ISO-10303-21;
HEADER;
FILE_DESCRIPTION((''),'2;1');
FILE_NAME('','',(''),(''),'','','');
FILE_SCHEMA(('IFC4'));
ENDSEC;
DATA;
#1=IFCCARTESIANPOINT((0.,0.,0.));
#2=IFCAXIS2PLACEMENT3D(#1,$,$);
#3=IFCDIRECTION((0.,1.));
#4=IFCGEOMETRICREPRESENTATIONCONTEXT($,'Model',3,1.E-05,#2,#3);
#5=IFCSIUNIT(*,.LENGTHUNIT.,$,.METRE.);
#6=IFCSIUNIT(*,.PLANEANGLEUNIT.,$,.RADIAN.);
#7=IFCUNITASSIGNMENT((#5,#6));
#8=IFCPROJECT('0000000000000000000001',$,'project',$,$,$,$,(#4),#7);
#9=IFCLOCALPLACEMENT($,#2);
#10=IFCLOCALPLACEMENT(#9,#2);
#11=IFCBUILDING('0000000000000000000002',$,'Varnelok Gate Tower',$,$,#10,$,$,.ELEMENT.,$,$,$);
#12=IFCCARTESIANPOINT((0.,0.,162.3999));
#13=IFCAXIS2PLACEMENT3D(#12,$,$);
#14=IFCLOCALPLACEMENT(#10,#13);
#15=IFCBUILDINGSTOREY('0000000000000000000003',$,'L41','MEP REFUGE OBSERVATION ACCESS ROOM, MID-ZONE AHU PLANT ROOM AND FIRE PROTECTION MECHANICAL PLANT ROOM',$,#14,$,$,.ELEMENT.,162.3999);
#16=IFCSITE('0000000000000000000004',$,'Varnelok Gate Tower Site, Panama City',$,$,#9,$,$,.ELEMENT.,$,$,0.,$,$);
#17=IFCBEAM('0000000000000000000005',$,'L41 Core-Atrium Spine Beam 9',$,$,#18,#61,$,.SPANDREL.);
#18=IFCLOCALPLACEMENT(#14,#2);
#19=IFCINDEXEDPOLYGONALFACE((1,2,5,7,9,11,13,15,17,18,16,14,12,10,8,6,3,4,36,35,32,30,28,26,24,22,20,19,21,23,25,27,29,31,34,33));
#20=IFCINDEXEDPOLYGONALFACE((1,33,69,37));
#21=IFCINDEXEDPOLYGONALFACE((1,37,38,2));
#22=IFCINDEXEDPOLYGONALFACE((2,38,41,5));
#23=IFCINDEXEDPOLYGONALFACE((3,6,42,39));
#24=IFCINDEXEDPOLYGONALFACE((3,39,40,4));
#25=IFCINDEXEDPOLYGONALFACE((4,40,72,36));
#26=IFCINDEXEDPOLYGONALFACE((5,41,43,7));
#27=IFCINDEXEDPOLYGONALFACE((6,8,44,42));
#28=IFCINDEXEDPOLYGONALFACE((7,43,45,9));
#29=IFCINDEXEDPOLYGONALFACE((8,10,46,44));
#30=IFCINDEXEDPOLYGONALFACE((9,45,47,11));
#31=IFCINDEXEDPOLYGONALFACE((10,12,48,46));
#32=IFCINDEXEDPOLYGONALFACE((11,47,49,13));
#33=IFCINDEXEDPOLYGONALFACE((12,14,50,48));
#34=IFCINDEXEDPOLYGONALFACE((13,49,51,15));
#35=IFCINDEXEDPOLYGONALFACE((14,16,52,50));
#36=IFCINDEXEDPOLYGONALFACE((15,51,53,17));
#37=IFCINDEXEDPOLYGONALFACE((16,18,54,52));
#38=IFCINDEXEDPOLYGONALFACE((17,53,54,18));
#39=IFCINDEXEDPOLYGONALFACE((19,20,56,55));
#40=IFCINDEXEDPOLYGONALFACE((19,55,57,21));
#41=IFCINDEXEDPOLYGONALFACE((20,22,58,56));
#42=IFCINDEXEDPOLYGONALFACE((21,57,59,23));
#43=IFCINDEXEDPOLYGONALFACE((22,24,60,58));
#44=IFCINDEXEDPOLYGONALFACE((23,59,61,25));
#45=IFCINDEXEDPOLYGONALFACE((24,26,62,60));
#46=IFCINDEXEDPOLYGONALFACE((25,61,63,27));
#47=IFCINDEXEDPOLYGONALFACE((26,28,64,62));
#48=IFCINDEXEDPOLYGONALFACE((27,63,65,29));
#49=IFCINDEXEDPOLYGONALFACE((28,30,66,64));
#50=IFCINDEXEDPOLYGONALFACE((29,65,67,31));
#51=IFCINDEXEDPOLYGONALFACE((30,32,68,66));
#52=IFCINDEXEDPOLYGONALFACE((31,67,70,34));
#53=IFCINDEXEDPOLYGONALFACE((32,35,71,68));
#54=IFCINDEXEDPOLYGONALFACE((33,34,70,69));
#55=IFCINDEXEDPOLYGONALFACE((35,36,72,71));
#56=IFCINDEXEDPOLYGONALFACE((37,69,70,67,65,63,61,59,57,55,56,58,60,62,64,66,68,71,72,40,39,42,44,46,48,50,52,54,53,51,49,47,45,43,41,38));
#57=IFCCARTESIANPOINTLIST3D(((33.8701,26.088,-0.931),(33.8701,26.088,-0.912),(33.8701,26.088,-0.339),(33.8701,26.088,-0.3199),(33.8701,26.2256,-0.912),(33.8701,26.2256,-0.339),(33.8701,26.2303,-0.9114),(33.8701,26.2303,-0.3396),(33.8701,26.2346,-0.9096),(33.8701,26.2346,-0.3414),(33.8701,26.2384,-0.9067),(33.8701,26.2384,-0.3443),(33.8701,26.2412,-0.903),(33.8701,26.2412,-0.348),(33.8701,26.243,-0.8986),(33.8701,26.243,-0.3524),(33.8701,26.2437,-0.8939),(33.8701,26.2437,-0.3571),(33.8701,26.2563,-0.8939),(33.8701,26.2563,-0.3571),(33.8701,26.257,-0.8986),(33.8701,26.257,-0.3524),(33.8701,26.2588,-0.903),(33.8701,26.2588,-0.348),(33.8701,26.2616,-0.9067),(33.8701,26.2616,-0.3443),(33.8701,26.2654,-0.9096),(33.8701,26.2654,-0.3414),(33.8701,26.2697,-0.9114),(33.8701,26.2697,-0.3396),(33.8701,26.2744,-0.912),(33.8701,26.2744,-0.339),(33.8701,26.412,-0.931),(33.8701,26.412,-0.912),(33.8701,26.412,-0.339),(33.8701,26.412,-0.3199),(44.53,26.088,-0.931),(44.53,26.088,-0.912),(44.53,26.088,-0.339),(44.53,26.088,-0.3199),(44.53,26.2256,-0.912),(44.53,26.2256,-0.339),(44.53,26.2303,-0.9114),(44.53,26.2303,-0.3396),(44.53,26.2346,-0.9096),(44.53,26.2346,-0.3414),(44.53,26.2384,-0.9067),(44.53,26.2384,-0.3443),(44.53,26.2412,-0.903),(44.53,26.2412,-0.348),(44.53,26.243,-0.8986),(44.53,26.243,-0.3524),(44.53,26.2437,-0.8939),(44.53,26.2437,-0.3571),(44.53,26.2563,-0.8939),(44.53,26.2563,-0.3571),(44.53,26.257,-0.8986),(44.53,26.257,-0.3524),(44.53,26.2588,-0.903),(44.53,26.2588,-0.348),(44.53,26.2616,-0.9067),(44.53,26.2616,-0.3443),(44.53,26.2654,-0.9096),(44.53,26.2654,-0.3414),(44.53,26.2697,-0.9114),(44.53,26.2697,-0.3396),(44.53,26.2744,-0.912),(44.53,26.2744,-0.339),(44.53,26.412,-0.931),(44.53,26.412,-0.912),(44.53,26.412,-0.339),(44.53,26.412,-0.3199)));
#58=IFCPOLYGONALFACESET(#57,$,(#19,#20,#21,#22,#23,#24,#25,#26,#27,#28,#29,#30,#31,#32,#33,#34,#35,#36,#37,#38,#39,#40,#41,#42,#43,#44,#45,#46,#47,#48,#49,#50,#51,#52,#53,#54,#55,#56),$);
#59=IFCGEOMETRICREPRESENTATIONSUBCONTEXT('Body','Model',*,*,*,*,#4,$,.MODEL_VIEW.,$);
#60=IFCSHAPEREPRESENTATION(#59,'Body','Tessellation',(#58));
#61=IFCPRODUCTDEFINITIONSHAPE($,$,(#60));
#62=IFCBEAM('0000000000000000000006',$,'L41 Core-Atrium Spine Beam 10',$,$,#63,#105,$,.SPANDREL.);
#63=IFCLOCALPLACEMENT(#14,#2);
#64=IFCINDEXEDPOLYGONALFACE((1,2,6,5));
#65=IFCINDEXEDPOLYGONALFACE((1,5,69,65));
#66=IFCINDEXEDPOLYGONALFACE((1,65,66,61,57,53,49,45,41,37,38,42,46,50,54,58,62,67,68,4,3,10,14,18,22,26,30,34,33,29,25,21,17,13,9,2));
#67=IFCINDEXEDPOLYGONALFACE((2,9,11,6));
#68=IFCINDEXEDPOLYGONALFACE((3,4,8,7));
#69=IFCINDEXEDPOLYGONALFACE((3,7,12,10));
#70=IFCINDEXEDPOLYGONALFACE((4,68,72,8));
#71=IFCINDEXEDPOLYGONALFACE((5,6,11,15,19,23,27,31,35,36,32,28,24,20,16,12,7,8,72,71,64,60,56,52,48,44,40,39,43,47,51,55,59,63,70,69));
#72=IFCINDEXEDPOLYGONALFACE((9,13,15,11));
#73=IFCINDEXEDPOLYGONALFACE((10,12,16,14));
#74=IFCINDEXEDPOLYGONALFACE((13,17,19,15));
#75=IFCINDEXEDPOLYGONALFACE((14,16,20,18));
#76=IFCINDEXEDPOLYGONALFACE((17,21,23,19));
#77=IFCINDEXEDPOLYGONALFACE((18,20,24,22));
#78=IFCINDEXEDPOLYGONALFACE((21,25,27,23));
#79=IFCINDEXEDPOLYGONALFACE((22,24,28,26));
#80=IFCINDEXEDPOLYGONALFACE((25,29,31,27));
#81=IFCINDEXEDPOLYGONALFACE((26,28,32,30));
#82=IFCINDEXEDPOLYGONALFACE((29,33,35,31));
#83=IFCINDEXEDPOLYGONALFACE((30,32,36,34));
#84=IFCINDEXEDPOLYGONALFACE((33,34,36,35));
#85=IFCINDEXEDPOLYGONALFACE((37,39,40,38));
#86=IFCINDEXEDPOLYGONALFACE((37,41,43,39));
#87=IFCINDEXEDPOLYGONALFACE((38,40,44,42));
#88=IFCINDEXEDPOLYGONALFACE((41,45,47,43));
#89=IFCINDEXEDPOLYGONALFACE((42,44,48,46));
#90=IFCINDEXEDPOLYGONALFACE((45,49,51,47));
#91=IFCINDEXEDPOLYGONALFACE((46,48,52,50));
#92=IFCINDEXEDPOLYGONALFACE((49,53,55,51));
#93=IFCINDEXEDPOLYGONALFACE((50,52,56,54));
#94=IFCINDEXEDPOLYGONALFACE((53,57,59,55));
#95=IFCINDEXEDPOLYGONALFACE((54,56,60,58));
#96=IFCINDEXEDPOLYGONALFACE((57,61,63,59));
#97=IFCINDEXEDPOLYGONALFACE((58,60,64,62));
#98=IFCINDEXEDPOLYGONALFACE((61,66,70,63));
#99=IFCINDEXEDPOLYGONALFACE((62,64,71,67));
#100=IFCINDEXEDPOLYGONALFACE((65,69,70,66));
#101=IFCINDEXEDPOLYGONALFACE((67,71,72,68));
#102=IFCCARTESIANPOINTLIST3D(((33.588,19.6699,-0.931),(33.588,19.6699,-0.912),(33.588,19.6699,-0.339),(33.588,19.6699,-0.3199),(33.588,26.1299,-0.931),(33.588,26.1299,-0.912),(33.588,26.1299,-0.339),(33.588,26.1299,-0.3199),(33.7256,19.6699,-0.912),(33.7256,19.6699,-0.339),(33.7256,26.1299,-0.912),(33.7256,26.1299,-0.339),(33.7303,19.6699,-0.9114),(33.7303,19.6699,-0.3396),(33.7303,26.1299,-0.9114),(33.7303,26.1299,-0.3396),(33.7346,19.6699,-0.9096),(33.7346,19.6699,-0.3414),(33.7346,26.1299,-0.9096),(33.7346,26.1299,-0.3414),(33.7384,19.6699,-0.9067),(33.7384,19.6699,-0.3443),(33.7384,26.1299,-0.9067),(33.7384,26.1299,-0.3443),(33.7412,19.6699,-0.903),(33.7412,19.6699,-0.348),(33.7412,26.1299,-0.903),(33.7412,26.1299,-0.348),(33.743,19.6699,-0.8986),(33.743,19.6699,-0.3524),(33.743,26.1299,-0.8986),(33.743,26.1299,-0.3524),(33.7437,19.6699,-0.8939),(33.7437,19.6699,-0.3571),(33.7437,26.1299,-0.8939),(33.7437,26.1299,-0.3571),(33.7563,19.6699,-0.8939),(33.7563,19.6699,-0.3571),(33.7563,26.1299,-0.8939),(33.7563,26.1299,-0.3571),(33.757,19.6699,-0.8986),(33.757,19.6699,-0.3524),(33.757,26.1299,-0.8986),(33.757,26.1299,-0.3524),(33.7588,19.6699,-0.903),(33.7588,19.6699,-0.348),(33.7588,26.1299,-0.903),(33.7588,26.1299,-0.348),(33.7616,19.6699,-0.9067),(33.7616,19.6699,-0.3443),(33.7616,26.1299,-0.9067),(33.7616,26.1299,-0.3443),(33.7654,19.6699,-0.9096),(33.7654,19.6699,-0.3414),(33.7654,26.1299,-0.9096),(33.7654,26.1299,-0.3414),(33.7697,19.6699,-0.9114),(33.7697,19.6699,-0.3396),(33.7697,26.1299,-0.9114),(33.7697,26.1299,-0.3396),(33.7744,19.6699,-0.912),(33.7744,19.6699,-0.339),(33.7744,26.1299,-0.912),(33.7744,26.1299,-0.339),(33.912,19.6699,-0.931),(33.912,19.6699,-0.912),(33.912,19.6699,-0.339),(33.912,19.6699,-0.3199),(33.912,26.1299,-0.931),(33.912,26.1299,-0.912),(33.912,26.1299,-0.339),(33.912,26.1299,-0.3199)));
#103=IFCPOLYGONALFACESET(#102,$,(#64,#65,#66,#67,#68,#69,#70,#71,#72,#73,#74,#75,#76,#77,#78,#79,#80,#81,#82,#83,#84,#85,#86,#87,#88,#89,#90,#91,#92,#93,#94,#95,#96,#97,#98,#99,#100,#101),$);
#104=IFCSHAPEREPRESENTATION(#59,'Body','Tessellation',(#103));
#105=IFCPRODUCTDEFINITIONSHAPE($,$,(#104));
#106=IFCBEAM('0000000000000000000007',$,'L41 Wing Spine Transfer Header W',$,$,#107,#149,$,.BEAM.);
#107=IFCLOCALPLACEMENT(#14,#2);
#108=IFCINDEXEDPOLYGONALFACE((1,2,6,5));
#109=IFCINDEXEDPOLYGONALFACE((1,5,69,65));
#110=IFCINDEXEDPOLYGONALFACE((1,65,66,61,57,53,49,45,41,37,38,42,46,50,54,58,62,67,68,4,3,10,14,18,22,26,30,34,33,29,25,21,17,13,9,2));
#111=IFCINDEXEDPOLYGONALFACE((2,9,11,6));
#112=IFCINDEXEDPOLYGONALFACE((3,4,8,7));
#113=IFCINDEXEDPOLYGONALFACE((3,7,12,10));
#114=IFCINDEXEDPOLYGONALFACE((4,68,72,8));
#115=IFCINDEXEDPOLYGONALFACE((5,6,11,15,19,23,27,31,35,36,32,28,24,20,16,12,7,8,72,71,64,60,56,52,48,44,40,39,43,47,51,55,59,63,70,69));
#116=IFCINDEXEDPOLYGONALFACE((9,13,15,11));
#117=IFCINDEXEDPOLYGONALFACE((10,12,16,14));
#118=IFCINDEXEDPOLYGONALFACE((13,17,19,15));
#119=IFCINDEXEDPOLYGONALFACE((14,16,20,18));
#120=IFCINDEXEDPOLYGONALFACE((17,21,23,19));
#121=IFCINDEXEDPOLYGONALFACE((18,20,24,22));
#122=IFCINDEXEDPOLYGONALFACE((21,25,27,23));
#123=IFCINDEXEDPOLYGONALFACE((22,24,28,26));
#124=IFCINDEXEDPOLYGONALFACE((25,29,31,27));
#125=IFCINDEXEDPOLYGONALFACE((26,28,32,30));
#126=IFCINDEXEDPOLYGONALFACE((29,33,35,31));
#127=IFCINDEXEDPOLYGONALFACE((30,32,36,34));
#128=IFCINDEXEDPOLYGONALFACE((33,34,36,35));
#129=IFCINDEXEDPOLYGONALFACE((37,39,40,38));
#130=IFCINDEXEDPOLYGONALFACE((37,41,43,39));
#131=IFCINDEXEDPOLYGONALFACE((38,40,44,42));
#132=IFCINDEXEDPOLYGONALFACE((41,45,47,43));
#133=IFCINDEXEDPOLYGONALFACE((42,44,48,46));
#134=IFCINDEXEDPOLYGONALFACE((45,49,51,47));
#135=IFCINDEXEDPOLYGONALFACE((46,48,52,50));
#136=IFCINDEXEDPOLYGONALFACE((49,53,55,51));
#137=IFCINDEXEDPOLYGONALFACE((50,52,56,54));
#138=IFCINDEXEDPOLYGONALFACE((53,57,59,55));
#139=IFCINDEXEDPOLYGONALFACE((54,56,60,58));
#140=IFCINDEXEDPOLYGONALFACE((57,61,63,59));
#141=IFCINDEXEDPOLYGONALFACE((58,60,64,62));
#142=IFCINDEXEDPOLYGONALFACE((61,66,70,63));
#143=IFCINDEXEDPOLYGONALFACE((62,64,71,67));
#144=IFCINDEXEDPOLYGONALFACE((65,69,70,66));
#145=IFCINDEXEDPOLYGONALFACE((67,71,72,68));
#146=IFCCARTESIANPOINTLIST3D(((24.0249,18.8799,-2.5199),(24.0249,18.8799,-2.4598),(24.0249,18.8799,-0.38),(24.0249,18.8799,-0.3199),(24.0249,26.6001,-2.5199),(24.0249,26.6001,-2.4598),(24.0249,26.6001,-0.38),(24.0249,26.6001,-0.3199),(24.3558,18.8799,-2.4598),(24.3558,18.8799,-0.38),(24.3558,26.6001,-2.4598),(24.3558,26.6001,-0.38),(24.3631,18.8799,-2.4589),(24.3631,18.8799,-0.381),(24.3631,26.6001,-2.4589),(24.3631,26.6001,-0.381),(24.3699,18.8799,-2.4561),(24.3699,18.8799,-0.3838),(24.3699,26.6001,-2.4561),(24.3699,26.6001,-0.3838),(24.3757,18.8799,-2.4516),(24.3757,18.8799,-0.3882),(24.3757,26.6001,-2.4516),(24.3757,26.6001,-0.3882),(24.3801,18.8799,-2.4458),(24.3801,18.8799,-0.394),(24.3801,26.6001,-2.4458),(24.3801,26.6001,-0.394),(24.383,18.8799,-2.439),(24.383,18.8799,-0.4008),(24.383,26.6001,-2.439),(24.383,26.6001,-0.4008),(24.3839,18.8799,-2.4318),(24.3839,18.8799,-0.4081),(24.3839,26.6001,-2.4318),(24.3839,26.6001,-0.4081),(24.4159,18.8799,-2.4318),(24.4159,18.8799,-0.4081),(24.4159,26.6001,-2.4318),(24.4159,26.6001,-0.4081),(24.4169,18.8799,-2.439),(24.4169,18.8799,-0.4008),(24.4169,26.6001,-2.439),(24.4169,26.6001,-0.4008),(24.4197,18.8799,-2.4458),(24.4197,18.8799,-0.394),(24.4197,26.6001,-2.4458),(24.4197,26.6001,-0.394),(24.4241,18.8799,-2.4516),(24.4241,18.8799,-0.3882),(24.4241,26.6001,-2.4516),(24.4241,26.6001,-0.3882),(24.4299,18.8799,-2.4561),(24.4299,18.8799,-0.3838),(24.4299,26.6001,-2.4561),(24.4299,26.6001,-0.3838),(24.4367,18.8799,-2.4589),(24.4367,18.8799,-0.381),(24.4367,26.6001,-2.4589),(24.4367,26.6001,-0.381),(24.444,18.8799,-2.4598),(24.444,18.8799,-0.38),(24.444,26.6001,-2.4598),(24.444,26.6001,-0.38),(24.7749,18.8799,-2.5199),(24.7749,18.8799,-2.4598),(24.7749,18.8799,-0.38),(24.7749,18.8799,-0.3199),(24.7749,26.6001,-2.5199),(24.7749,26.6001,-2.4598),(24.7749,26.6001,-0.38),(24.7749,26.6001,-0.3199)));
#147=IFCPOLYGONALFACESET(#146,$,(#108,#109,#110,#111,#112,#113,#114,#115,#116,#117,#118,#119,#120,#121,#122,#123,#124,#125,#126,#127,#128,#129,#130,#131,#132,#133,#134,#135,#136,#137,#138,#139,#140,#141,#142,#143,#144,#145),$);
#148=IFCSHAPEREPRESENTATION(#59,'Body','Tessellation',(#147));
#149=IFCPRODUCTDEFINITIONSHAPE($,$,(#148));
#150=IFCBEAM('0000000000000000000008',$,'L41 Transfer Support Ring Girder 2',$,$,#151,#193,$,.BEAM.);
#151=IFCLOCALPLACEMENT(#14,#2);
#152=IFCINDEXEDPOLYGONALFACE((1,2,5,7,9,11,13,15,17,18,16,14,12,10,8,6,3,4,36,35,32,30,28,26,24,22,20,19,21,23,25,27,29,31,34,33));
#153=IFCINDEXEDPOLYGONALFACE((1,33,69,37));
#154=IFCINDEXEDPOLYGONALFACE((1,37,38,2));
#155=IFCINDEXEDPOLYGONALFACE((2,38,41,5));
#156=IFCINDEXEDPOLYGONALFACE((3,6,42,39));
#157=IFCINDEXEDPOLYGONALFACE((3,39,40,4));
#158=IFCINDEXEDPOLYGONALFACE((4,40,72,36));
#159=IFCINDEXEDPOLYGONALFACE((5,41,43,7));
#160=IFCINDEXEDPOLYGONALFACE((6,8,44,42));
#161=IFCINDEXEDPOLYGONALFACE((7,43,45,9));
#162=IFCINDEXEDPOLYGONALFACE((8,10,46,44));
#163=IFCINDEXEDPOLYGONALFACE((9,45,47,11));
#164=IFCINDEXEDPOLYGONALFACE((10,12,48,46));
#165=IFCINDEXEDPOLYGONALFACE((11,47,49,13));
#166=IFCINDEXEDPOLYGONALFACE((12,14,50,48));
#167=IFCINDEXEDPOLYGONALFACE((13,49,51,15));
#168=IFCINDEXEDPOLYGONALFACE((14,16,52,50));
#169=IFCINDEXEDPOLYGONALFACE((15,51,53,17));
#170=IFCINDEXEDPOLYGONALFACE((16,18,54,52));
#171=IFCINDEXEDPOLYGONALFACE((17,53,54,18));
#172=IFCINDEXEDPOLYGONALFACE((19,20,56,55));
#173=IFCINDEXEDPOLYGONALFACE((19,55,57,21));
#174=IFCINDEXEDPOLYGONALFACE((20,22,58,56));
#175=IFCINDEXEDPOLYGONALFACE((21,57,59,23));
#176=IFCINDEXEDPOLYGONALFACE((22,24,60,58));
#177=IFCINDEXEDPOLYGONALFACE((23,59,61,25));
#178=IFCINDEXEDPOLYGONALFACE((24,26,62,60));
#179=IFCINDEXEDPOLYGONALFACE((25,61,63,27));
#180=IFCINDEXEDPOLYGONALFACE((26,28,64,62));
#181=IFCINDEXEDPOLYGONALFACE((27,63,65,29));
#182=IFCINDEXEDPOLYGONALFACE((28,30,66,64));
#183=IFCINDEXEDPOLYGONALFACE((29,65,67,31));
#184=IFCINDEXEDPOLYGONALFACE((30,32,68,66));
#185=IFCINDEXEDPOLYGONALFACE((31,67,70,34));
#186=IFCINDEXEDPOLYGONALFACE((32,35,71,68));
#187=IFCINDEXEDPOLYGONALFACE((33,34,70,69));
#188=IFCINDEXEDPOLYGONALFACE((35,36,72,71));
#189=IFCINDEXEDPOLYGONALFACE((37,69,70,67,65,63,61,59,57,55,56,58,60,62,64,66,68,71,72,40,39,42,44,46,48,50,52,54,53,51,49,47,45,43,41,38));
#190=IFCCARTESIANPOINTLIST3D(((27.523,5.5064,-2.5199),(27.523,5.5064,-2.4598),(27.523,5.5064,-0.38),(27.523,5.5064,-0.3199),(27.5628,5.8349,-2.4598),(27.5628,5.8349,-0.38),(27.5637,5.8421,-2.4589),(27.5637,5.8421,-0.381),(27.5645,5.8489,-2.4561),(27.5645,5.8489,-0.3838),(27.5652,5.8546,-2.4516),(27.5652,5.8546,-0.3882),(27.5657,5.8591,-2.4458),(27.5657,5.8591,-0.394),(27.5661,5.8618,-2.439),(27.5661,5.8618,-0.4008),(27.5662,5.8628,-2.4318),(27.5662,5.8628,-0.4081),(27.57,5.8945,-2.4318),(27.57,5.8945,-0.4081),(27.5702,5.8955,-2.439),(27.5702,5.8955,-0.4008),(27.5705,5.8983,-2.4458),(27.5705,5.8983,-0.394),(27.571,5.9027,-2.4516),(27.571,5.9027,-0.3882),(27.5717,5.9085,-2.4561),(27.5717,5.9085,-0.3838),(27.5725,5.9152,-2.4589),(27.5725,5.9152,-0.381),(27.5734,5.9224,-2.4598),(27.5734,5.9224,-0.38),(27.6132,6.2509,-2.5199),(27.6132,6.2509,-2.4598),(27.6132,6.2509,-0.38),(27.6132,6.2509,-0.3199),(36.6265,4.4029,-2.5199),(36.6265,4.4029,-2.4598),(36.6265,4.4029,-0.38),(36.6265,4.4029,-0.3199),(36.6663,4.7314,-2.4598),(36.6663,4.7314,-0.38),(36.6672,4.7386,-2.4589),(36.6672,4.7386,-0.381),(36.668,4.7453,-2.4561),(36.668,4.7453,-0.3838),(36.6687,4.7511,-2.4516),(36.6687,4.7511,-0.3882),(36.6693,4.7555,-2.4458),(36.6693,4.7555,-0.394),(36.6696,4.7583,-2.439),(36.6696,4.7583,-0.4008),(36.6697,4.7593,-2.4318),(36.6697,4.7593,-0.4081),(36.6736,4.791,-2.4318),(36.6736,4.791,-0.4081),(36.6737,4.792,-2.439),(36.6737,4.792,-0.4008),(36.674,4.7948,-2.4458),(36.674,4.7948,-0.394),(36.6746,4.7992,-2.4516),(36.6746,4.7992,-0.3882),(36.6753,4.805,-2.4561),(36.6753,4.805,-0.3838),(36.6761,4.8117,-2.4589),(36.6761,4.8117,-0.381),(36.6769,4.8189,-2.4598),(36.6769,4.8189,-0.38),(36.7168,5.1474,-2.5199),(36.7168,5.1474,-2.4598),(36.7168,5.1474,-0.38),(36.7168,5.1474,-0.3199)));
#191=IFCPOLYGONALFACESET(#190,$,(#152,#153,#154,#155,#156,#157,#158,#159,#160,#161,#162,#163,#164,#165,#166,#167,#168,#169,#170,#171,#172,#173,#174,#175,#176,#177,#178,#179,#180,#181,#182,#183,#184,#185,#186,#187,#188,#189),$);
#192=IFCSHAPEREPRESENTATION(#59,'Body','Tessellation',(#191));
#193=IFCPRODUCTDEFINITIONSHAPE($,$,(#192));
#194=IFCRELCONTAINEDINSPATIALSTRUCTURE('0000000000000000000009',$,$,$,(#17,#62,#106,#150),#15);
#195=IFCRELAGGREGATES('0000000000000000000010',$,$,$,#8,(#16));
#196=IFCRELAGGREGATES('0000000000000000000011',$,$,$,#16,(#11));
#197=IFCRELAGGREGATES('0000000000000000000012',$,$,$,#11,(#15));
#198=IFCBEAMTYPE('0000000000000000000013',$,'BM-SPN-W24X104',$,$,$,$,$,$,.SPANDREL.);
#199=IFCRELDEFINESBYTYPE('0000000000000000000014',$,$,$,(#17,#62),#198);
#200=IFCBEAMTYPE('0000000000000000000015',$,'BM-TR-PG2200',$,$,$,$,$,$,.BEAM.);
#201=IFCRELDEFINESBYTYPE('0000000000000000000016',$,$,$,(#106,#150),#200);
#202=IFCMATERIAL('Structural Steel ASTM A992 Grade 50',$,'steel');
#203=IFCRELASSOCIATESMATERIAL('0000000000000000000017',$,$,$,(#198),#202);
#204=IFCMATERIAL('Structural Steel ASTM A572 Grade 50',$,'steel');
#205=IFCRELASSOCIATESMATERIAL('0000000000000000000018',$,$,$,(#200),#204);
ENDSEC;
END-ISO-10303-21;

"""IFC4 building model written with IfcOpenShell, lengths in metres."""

from ifc_helpers import new_model, si_unit, direction, frame, origin, origin_2d, place, context, subcontext, project, spatial, i_section, extrude, material, material_profile, profile_set, type_object, element, save


model = new_model("IFC4")

# Units and contexts
model_context = context("Model", 3, precision=1e-05, world=origin(), true_north=direction((0.0, 1.0)))
body_context = subcontext(model_context, "Body", "Model", "MODEL_VIEW")
ifc_project = project(units=[si_unit("LENGTHUNIT", "METRE"), si_unit("PLANEANGLEUNIT", "RADIAN")], contexts=[model_context])

# Site, building, storey
site_placement = place(None, origin())
site = spatial("IfcSite", under=ifc_project, at=site_placement, Name="Varnelok Gate Tower Site, Panama City", CompositionType="ELEMENT", RefElevation=0.0)
building_placement = place(site_placement, origin())
building = spatial("IfcBuilding", under=site, at=building_placement, Name="Varnelok Gate Tower", CompositionType="ELEMENT")
storey_placement = place(building_placement, frame((0.0, 0.0, 162.3999)))
storey = spatial("IfcBuildingStorey", under=building, at=storey_placement, Name="L41", Description="MEP REFUGE OBSERVATION ACCESS ROOM, MID-ZONE AHU PLANT ROOM AND FIRE PROTECTION MECHANICAL PLANT ROOM", CompositionType="ELEMENT", Elevation=162.3999)

# Shared definitions
ifc_material_1 = material(Name="Structural Steel ASTM A992 Grade 50", Category="steel")

# Beams
ifc_material_profile_1 = material_profile(ifc_material_1, i_section(OverallWidth=0.324, OverallDepth=0.6111, WebThickness=0.0127, FlangeThickness=0.019, FilletRadius=0.0181, at=origin_2d()), Name="W24X104")
ifc_profile_set_1 = profile_set([ifc_material_profile_1], Name="Structural Steel ASTM A992 Grade 50")
beam_type_1 = type_object("IfcBeamType", Name="BM-SPN-W24X104", PredefinedType="SPANDREL", material=ifc_profile_set_1)
for number, where, z_axis, x_axis, name in (
    (1, (33.8701, 26.25, -0.6255), (1.0, 0.0, 0.0), (0.0, 1.0, 0.0), "L41 Core-Atrium Spine Beam 9"),
):
    element("IfcBeam", number, at=place(storey_placement, frame(where, z_axis=z_axis, x_axis=x_axis)), inside=storey, type_object=beam_type_1, Name=name, PredefinedType="SPANDREL", context=body_context, shape_type="SweptSolid", body=[
        extrude(i_section(OverallWidth=0.324, OverallDepth=0.6111, WebThickness=0.0127, FlangeThickness=0.019, FilletRadius=0.0181, at=origin_2d()), origin(), (0.0, 0.0, 1.0), 10.6599),
    ])
beam_1_placement = place(storey_placement, frame((33.75, 19.6699, -0.6255), z_axis=(0.0, 1.0, 0.0), x_axis=(-1.0, 0.0, 0.0)))
element("IfcBeam", 2, at=beam_1_placement, inside=storey, type_object=beam_type_1, Name="L41 Core-Atrium Spine Beam 10", PredefinedType="SPANDREL", context=body_context, shape_type="SweptSolid", body=[
    extrude(i_section(OverallWidth=0.324, OverallDepth=0.6111, WebThickness=0.0127, FlangeThickness=0.019, FilletRadius=0.0181, at=origin_2d()), origin(), (0.0, 0.0, 1.0), 6.46),
])
ifc_material_2 = material(Name="Structural Steel ASTM A572 Grade 50", Category="steel")
ifc_material_profile_2 = material_profile(ifc_material_2, i_section(OverallWidth=0.75, OverallDepth=2.2, WebThickness=0.032, FlangeThickness=0.0601, FilletRadius=0.0281, at=origin_2d()), Name="PG2200X750")
ifc_profile_set_2 = profile_set([ifc_material_profile_2], Name="Structural Steel ASTM A572 Grade 50")
beam_type_2 = type_object("IfcBeamType", Name="BM-TR-PG2200", PredefinedType="BEAM", material=ifc_profile_set_2)
beam_2_placement = place(storey_placement, frame((24.3999, 18.8799, -1.4199), z_axis=(0.0, 1.0, 0.0), x_axis=(-1.0, 0.0, 0.0)))
element("IfcBeam", 3, at=beam_2_placement, inside=storey, type_object=beam_type_2, Name="L41 Wing Spine Transfer Header W", PredefinedType="BEAM", context=body_context, shape_type="SweptSolid", body=[
    extrude(i_section(OverallWidth=0.75, OverallDepth=2.2, WebThickness=0.032, FlangeThickness=0.0601, FilletRadius=0.0281, at=origin_2d()), origin(), (0.0, 0.0, 1.0), 7.7202),
])
beam_3_placement = place(storey_placement, frame((27.5681, 5.8787, -1.4199), z_axis=(0.992733, -0.120338, 0.0), x_axis=(0.120338, 0.992733, 0.0)))
element("IfcBeam", 4, at=beam_3_placement, inside=storey, type_object=beam_type_2, Name="L41 Transfer Support Ring Girder 2", PredefinedType="BEAM", context=body_context, shape_type="SweptSolid", body=[
    extrude(i_section(OverallWidth=0.75, OverallDepth=2.2, WebThickness=0.032, FlangeThickness=0.0601, FilletRadius=0.0281, at=origin_2d()), origin(), (0.0, 0.0, 1.0), 9.1702),
])

save(model, "model.ifc")
